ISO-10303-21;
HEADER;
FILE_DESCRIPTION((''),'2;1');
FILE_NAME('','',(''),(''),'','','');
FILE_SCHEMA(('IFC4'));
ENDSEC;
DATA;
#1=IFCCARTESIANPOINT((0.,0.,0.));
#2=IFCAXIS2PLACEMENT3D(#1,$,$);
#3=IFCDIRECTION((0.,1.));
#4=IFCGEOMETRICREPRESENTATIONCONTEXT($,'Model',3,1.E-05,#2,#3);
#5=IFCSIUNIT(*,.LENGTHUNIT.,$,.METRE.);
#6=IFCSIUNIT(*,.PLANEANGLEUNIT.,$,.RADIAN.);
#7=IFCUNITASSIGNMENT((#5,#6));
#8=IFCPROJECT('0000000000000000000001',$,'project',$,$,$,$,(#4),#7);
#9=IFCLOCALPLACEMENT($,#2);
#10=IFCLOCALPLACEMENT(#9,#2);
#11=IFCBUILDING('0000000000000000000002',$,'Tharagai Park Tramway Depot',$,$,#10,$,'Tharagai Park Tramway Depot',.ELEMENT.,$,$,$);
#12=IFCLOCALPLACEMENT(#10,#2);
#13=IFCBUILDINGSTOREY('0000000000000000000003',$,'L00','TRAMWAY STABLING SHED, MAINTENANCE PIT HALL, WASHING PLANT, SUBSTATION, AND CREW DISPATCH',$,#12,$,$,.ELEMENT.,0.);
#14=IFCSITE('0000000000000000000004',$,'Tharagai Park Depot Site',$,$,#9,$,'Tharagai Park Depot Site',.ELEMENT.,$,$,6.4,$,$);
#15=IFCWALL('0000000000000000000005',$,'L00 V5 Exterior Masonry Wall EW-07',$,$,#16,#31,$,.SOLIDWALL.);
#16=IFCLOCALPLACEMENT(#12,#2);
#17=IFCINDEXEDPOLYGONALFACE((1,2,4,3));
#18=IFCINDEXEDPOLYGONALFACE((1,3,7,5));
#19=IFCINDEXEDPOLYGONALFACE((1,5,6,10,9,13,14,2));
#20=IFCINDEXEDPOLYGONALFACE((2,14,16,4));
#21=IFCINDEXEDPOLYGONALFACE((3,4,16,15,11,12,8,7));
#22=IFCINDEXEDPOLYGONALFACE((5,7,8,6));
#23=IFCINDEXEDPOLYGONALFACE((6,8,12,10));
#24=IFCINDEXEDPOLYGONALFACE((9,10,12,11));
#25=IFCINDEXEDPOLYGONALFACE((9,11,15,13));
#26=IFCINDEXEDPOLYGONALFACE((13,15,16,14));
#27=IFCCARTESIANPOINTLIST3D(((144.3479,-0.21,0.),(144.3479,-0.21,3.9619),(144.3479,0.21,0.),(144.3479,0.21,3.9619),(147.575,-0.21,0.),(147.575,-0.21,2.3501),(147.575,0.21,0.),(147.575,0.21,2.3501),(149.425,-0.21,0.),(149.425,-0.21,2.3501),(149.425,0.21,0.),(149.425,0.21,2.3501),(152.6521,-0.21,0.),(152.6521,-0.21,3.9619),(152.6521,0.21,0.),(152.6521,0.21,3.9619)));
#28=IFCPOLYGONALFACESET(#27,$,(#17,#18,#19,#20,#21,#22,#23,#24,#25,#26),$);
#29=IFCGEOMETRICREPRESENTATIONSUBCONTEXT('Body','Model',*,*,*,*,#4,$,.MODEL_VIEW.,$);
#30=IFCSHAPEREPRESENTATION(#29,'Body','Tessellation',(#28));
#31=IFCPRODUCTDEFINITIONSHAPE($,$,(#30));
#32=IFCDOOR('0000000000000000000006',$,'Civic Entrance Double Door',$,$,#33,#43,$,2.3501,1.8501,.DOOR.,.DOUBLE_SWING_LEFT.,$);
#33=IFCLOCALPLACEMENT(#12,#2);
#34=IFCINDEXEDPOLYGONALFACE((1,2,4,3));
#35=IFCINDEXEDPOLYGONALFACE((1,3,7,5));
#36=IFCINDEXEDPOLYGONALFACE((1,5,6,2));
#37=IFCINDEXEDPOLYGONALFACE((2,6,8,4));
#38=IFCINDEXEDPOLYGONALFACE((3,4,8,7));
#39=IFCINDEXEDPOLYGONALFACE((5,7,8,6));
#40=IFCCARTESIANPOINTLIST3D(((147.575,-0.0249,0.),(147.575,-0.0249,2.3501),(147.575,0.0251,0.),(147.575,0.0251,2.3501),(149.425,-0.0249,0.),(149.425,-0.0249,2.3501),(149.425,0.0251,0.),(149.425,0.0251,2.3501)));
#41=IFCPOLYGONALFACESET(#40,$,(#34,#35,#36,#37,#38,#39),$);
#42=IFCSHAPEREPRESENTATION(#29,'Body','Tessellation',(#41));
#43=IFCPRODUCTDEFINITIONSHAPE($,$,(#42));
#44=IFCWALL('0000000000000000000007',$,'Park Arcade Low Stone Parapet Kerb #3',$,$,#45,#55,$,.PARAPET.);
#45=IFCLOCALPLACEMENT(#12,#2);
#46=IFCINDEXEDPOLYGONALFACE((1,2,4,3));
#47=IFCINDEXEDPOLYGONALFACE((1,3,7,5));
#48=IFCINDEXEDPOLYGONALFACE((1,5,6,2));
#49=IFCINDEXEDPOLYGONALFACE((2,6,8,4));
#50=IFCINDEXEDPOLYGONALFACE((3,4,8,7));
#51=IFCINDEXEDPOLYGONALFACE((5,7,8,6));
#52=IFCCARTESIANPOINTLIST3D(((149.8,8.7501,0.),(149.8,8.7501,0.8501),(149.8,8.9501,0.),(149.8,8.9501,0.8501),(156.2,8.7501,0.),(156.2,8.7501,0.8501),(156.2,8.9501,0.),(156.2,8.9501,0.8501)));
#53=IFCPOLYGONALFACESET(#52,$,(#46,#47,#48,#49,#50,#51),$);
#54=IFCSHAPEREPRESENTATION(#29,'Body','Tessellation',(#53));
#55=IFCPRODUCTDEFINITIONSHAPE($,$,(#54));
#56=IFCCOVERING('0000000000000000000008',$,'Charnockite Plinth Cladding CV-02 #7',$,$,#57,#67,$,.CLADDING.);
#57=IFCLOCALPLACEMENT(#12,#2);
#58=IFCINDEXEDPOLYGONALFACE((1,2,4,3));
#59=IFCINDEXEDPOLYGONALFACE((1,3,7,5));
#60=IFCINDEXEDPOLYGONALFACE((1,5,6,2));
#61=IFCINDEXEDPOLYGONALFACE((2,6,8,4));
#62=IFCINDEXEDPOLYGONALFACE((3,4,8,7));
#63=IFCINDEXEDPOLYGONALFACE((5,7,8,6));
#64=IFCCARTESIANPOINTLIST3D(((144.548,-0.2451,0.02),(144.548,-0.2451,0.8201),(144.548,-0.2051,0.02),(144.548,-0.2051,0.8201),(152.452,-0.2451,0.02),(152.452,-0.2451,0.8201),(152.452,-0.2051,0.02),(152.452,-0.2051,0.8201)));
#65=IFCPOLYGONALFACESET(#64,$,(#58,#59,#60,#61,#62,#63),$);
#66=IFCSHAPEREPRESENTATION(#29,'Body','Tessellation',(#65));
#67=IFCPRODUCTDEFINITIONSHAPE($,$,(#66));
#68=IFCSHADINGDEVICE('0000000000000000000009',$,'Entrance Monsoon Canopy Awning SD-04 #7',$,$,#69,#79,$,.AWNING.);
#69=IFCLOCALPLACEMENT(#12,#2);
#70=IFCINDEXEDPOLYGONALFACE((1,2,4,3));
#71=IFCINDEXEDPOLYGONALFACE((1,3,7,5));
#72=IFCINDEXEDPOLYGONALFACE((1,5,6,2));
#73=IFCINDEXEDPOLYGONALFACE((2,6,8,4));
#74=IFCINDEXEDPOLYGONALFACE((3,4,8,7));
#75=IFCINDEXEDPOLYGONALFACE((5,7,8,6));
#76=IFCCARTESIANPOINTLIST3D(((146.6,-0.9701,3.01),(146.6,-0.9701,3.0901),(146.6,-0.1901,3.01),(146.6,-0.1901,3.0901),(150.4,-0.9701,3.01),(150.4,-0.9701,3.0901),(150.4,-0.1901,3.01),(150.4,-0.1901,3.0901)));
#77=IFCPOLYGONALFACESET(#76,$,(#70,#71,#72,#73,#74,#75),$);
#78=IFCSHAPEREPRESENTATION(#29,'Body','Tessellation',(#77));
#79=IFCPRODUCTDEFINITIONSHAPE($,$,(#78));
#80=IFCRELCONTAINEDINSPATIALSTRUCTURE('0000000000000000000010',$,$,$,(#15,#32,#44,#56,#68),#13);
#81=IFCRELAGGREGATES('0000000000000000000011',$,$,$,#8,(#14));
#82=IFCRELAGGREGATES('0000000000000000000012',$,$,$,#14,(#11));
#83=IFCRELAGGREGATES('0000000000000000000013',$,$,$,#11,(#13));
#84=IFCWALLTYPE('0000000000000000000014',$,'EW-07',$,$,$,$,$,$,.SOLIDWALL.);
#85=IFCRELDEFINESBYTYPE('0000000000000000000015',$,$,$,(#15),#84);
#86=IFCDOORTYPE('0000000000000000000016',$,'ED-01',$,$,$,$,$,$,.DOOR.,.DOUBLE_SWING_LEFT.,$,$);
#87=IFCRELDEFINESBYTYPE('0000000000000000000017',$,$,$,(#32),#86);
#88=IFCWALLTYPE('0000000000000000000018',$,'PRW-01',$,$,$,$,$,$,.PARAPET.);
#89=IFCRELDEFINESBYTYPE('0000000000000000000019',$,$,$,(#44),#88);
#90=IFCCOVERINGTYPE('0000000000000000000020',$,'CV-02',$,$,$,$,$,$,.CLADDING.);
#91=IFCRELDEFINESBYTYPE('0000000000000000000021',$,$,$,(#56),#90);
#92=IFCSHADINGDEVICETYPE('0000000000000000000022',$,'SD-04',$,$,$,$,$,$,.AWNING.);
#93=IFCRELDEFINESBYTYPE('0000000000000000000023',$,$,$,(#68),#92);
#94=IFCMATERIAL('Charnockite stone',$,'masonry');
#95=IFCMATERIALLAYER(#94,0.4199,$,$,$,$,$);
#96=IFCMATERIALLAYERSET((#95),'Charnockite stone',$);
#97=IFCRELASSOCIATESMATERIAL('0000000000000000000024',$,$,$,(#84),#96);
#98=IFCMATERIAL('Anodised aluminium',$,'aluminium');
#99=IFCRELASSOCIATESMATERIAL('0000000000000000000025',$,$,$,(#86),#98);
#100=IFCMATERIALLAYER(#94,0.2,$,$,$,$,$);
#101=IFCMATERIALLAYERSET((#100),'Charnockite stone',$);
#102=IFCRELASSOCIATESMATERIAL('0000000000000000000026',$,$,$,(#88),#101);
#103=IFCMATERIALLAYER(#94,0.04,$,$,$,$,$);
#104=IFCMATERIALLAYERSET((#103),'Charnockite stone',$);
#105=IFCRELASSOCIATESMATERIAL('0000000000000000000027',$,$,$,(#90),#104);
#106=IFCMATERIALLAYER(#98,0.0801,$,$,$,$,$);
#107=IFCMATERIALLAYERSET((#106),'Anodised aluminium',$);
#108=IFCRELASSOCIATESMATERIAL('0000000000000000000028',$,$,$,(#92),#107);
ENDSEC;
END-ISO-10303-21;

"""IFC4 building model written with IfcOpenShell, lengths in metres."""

from ifc_helpers import new_model, si_unit, direction, frame, frame_2d, origin, origin_2d, place, context, subcontext, project, spatial, rectangle, extrude, material, layer, layer_set, type_object, element, fill, save


model = new_model("IFC4")

# Units and contexts
model_context = context("Model", 3, precision=1e-05, world=origin(), true_north=direction((0.0, 1.0)))
body_context = subcontext(model_context, "Body", "Model", "MODEL_VIEW")
ifc_project = project(units=[si_unit("LENGTHUNIT", "METRE"), si_unit("PLANEANGLEUNIT", "RADIAN")], contexts=[model_context])

# Site, building, storey
site_placement = place(None, origin())
site = spatial("IfcSite", under=ifc_project, at=site_placement, Name="Tharagai Park Depot Site", LongName="Tharagai Park Depot Site", CompositionType="ELEMENT", RefElevation=6.4)
building_placement = place(site_placement, origin())
building = spatial("IfcBuilding", under=site, at=building_placement, Name="Tharagai Park Tramway Depot", LongName="Tharagai Park Tramway Depot", CompositionType="ELEMENT")
storey_placement = place(building_placement, origin())
storey = spatial("IfcBuildingStorey", under=building, at=storey_placement, Name="L00", Description="TRAMWAY STABLING SHED, MAINTENANCE PIT HALL, WASHING PLANT, SUBSTATION, AND CREW DISPATCH", CompositionType="ELEMENT", Elevation=0.0)

# Shared definitions
ifc_material_1 = material(Name="Anodised aluminium", Category="aluminium")

# Wall, opening, door
ifc_material_2 = material(Name="Charnockite stone", Category="masonry")
ifc_layer_1 = layer(ifc_material_2, 0.4199)
ifc_layer_set_1 = layer_set([ifc_layer_1], Name="Charnockite stone")
wall_type_1 = type_object("IfcWallType", Name="EW-07", PredefinedType="SOLIDWALL", material=ifc_layer_set_1)
wall_1_placement = place(storey_placement, frame((144.3479, 0.0, 0.0), z_axis=(0.0, 0.0, 1.0), x_axis=(1.0, 0.0, 0.0)))
wall_1 = element("IfcWall", 1, at=wall_1_placement, inside=storey, type_object=wall_type_1, Name="L00 V5 Exterior Masonry Wall EW-07", PredefinedType="SOLIDWALL", context=body_context, shape_type="SweptSolid", body=[
    extrude(rectangle(XDim=8.3042, YDim=0.4199, at=frame_2d((4.1521, 0.0))), origin(), (0.0, 0.0, 1.0), 3.9619),
])
opening_placement = place(wall_1_placement, frame((3.2271, 0.0, 0.0)))
opening = element("IfcOpeningElement", 2, at=opening_placement, cuts=wall_1, PredefinedType="OPENING", context=body_context, shape_type="SweptSolid", body=[
    extrude(rectangle(XDim=1.8501, YDim=2.3501, at=frame_2d((0.925, 1.175))), frame((0.0, 0.22, 0.0), z_axis=(0.0, -1.0, 0.0), x_axis=(1.0, 0.0, 0.0)), (0.0, 0.0, 1.0), 0.4399),
])
door_type = type_object("IfcDoorType", Name="ED-01", OperationType="DOUBLE_SWING_LEFT", PredefinedType="DOOR", material=ifc_material_1)
door_placement = place(opening_placement, frame((1.8501, 0.0, 0.0), z_axis=(0.0, 0.0, 1.0), x_axis=(-1.0, 0.0, 0.0)))
door = element("IfcDoor", 3, at=door_placement, inside=storey, type_object=door_type, Name="Civic Entrance Double Door", OperationType="DOUBLE_SWING_LEFT", OverallHeight=2.3501, OverallWidth=1.8501, PredefinedType="DOOR", context=body_context, shape_type="SweptSolid", body=[
    extrude(rectangle(XDim=1.8501, YDim=2.3501, at=frame_2d((0.925, 1.175))), frame((0.0, 0.0249, 0.0), z_axis=(0.0, -1.0, 0.0), x_axis=(1.0, 0.0, 0.0)), (0.0, 0.0, 1.0), 0.05),
])
fill(opening, door)

# Wall
ifc_layer_2 = layer(ifc_material_2, 0.2)
ifc_layer_set_2 = layer_set([ifc_layer_2], Name="Charnockite stone")
wall_type_2 = type_object("IfcWallType", Name="PRW-01", PredefinedType="PARAPET", material=ifc_layer_set_2)
wall_2_placement = place(storey_placement, frame((149.8, 8.8501, 0.0), z_axis=(0.0, 0.0, 1.0), x_axis=(1.0, 0.0, 0.0)))
element("IfcWall", 4, at=wall_2_placement, inside=storey, type_object=wall_type_2, Name="Park Arcade Low Stone Parapet Kerb #3", PredefinedType="PARAPET", context=body_context, shape_type="SweptSolid", body=[
    extrude(rectangle(XDim=6.3999, YDim=0.2, at=frame_2d((3.2, 0.0))), origin(), (0.0, 0.0, 1.0), 0.8501),
])

# Covering
ifc_layer_3 = layer(ifc_material_2, 0.04)
ifc_layer_set_3 = layer_set([ifc_layer_3], Name="Charnockite stone")
covering_type = type_object("IfcCoveringType", Name="CV-02", PredefinedType="CLADDING", material=ifc_layer_set_3)
covering_placement = place(storey_placement, frame((148.5, -0.2251, 0.02), z_axis=(0.0, 0.0, 1.0), x_axis=(1.0, 0.0, 0.0)))
element("IfcCovering", 5, at=covering_placement, inside=storey, type_object=covering_type, Name="Charnockite Plinth Cladding CV-02 #7", PredefinedType="CLADDING", context=body_context, shape_type="SweptSolid", body=[
    extrude(rectangle(XDim=7.9041, YDim=0.04, at=origin_2d()), origin(), (0.0, 0.0, 1.0), 0.8),
])

# Shading device
ifc_layer_4 = layer(ifc_material_1, 0.0801)
ifc_layer_set_4 = layer_set([ifc_layer_4], Name="Anodised aluminium")
shading_device_type = type_object("IfcShadingDeviceType", Name="SD-04", PredefinedType="AWNING", material=ifc_layer_set_4)
shading_device_placement = place(storey_placement, frame((148.5, -0.5801, 3.01), z_axis=(0.0, 0.0, 1.0), x_axis=(1.0, 0.0, 0.0)))
element("IfcShadingDevice", 6, at=shading_device_placement, inside=storey, type_object=shading_device_type, Name="Entrance Monsoon Canopy Awning SD-04 #7", PredefinedType="AWNING", context=body_context, shape_type="SweptSolid", body=[
    extrude(rectangle(XDim=3.8, YDim=0.78, at=origin_2d()), origin(), (0.0, 0.0, 1.0), 0.0801),
])

save(model, "model.ifc")
